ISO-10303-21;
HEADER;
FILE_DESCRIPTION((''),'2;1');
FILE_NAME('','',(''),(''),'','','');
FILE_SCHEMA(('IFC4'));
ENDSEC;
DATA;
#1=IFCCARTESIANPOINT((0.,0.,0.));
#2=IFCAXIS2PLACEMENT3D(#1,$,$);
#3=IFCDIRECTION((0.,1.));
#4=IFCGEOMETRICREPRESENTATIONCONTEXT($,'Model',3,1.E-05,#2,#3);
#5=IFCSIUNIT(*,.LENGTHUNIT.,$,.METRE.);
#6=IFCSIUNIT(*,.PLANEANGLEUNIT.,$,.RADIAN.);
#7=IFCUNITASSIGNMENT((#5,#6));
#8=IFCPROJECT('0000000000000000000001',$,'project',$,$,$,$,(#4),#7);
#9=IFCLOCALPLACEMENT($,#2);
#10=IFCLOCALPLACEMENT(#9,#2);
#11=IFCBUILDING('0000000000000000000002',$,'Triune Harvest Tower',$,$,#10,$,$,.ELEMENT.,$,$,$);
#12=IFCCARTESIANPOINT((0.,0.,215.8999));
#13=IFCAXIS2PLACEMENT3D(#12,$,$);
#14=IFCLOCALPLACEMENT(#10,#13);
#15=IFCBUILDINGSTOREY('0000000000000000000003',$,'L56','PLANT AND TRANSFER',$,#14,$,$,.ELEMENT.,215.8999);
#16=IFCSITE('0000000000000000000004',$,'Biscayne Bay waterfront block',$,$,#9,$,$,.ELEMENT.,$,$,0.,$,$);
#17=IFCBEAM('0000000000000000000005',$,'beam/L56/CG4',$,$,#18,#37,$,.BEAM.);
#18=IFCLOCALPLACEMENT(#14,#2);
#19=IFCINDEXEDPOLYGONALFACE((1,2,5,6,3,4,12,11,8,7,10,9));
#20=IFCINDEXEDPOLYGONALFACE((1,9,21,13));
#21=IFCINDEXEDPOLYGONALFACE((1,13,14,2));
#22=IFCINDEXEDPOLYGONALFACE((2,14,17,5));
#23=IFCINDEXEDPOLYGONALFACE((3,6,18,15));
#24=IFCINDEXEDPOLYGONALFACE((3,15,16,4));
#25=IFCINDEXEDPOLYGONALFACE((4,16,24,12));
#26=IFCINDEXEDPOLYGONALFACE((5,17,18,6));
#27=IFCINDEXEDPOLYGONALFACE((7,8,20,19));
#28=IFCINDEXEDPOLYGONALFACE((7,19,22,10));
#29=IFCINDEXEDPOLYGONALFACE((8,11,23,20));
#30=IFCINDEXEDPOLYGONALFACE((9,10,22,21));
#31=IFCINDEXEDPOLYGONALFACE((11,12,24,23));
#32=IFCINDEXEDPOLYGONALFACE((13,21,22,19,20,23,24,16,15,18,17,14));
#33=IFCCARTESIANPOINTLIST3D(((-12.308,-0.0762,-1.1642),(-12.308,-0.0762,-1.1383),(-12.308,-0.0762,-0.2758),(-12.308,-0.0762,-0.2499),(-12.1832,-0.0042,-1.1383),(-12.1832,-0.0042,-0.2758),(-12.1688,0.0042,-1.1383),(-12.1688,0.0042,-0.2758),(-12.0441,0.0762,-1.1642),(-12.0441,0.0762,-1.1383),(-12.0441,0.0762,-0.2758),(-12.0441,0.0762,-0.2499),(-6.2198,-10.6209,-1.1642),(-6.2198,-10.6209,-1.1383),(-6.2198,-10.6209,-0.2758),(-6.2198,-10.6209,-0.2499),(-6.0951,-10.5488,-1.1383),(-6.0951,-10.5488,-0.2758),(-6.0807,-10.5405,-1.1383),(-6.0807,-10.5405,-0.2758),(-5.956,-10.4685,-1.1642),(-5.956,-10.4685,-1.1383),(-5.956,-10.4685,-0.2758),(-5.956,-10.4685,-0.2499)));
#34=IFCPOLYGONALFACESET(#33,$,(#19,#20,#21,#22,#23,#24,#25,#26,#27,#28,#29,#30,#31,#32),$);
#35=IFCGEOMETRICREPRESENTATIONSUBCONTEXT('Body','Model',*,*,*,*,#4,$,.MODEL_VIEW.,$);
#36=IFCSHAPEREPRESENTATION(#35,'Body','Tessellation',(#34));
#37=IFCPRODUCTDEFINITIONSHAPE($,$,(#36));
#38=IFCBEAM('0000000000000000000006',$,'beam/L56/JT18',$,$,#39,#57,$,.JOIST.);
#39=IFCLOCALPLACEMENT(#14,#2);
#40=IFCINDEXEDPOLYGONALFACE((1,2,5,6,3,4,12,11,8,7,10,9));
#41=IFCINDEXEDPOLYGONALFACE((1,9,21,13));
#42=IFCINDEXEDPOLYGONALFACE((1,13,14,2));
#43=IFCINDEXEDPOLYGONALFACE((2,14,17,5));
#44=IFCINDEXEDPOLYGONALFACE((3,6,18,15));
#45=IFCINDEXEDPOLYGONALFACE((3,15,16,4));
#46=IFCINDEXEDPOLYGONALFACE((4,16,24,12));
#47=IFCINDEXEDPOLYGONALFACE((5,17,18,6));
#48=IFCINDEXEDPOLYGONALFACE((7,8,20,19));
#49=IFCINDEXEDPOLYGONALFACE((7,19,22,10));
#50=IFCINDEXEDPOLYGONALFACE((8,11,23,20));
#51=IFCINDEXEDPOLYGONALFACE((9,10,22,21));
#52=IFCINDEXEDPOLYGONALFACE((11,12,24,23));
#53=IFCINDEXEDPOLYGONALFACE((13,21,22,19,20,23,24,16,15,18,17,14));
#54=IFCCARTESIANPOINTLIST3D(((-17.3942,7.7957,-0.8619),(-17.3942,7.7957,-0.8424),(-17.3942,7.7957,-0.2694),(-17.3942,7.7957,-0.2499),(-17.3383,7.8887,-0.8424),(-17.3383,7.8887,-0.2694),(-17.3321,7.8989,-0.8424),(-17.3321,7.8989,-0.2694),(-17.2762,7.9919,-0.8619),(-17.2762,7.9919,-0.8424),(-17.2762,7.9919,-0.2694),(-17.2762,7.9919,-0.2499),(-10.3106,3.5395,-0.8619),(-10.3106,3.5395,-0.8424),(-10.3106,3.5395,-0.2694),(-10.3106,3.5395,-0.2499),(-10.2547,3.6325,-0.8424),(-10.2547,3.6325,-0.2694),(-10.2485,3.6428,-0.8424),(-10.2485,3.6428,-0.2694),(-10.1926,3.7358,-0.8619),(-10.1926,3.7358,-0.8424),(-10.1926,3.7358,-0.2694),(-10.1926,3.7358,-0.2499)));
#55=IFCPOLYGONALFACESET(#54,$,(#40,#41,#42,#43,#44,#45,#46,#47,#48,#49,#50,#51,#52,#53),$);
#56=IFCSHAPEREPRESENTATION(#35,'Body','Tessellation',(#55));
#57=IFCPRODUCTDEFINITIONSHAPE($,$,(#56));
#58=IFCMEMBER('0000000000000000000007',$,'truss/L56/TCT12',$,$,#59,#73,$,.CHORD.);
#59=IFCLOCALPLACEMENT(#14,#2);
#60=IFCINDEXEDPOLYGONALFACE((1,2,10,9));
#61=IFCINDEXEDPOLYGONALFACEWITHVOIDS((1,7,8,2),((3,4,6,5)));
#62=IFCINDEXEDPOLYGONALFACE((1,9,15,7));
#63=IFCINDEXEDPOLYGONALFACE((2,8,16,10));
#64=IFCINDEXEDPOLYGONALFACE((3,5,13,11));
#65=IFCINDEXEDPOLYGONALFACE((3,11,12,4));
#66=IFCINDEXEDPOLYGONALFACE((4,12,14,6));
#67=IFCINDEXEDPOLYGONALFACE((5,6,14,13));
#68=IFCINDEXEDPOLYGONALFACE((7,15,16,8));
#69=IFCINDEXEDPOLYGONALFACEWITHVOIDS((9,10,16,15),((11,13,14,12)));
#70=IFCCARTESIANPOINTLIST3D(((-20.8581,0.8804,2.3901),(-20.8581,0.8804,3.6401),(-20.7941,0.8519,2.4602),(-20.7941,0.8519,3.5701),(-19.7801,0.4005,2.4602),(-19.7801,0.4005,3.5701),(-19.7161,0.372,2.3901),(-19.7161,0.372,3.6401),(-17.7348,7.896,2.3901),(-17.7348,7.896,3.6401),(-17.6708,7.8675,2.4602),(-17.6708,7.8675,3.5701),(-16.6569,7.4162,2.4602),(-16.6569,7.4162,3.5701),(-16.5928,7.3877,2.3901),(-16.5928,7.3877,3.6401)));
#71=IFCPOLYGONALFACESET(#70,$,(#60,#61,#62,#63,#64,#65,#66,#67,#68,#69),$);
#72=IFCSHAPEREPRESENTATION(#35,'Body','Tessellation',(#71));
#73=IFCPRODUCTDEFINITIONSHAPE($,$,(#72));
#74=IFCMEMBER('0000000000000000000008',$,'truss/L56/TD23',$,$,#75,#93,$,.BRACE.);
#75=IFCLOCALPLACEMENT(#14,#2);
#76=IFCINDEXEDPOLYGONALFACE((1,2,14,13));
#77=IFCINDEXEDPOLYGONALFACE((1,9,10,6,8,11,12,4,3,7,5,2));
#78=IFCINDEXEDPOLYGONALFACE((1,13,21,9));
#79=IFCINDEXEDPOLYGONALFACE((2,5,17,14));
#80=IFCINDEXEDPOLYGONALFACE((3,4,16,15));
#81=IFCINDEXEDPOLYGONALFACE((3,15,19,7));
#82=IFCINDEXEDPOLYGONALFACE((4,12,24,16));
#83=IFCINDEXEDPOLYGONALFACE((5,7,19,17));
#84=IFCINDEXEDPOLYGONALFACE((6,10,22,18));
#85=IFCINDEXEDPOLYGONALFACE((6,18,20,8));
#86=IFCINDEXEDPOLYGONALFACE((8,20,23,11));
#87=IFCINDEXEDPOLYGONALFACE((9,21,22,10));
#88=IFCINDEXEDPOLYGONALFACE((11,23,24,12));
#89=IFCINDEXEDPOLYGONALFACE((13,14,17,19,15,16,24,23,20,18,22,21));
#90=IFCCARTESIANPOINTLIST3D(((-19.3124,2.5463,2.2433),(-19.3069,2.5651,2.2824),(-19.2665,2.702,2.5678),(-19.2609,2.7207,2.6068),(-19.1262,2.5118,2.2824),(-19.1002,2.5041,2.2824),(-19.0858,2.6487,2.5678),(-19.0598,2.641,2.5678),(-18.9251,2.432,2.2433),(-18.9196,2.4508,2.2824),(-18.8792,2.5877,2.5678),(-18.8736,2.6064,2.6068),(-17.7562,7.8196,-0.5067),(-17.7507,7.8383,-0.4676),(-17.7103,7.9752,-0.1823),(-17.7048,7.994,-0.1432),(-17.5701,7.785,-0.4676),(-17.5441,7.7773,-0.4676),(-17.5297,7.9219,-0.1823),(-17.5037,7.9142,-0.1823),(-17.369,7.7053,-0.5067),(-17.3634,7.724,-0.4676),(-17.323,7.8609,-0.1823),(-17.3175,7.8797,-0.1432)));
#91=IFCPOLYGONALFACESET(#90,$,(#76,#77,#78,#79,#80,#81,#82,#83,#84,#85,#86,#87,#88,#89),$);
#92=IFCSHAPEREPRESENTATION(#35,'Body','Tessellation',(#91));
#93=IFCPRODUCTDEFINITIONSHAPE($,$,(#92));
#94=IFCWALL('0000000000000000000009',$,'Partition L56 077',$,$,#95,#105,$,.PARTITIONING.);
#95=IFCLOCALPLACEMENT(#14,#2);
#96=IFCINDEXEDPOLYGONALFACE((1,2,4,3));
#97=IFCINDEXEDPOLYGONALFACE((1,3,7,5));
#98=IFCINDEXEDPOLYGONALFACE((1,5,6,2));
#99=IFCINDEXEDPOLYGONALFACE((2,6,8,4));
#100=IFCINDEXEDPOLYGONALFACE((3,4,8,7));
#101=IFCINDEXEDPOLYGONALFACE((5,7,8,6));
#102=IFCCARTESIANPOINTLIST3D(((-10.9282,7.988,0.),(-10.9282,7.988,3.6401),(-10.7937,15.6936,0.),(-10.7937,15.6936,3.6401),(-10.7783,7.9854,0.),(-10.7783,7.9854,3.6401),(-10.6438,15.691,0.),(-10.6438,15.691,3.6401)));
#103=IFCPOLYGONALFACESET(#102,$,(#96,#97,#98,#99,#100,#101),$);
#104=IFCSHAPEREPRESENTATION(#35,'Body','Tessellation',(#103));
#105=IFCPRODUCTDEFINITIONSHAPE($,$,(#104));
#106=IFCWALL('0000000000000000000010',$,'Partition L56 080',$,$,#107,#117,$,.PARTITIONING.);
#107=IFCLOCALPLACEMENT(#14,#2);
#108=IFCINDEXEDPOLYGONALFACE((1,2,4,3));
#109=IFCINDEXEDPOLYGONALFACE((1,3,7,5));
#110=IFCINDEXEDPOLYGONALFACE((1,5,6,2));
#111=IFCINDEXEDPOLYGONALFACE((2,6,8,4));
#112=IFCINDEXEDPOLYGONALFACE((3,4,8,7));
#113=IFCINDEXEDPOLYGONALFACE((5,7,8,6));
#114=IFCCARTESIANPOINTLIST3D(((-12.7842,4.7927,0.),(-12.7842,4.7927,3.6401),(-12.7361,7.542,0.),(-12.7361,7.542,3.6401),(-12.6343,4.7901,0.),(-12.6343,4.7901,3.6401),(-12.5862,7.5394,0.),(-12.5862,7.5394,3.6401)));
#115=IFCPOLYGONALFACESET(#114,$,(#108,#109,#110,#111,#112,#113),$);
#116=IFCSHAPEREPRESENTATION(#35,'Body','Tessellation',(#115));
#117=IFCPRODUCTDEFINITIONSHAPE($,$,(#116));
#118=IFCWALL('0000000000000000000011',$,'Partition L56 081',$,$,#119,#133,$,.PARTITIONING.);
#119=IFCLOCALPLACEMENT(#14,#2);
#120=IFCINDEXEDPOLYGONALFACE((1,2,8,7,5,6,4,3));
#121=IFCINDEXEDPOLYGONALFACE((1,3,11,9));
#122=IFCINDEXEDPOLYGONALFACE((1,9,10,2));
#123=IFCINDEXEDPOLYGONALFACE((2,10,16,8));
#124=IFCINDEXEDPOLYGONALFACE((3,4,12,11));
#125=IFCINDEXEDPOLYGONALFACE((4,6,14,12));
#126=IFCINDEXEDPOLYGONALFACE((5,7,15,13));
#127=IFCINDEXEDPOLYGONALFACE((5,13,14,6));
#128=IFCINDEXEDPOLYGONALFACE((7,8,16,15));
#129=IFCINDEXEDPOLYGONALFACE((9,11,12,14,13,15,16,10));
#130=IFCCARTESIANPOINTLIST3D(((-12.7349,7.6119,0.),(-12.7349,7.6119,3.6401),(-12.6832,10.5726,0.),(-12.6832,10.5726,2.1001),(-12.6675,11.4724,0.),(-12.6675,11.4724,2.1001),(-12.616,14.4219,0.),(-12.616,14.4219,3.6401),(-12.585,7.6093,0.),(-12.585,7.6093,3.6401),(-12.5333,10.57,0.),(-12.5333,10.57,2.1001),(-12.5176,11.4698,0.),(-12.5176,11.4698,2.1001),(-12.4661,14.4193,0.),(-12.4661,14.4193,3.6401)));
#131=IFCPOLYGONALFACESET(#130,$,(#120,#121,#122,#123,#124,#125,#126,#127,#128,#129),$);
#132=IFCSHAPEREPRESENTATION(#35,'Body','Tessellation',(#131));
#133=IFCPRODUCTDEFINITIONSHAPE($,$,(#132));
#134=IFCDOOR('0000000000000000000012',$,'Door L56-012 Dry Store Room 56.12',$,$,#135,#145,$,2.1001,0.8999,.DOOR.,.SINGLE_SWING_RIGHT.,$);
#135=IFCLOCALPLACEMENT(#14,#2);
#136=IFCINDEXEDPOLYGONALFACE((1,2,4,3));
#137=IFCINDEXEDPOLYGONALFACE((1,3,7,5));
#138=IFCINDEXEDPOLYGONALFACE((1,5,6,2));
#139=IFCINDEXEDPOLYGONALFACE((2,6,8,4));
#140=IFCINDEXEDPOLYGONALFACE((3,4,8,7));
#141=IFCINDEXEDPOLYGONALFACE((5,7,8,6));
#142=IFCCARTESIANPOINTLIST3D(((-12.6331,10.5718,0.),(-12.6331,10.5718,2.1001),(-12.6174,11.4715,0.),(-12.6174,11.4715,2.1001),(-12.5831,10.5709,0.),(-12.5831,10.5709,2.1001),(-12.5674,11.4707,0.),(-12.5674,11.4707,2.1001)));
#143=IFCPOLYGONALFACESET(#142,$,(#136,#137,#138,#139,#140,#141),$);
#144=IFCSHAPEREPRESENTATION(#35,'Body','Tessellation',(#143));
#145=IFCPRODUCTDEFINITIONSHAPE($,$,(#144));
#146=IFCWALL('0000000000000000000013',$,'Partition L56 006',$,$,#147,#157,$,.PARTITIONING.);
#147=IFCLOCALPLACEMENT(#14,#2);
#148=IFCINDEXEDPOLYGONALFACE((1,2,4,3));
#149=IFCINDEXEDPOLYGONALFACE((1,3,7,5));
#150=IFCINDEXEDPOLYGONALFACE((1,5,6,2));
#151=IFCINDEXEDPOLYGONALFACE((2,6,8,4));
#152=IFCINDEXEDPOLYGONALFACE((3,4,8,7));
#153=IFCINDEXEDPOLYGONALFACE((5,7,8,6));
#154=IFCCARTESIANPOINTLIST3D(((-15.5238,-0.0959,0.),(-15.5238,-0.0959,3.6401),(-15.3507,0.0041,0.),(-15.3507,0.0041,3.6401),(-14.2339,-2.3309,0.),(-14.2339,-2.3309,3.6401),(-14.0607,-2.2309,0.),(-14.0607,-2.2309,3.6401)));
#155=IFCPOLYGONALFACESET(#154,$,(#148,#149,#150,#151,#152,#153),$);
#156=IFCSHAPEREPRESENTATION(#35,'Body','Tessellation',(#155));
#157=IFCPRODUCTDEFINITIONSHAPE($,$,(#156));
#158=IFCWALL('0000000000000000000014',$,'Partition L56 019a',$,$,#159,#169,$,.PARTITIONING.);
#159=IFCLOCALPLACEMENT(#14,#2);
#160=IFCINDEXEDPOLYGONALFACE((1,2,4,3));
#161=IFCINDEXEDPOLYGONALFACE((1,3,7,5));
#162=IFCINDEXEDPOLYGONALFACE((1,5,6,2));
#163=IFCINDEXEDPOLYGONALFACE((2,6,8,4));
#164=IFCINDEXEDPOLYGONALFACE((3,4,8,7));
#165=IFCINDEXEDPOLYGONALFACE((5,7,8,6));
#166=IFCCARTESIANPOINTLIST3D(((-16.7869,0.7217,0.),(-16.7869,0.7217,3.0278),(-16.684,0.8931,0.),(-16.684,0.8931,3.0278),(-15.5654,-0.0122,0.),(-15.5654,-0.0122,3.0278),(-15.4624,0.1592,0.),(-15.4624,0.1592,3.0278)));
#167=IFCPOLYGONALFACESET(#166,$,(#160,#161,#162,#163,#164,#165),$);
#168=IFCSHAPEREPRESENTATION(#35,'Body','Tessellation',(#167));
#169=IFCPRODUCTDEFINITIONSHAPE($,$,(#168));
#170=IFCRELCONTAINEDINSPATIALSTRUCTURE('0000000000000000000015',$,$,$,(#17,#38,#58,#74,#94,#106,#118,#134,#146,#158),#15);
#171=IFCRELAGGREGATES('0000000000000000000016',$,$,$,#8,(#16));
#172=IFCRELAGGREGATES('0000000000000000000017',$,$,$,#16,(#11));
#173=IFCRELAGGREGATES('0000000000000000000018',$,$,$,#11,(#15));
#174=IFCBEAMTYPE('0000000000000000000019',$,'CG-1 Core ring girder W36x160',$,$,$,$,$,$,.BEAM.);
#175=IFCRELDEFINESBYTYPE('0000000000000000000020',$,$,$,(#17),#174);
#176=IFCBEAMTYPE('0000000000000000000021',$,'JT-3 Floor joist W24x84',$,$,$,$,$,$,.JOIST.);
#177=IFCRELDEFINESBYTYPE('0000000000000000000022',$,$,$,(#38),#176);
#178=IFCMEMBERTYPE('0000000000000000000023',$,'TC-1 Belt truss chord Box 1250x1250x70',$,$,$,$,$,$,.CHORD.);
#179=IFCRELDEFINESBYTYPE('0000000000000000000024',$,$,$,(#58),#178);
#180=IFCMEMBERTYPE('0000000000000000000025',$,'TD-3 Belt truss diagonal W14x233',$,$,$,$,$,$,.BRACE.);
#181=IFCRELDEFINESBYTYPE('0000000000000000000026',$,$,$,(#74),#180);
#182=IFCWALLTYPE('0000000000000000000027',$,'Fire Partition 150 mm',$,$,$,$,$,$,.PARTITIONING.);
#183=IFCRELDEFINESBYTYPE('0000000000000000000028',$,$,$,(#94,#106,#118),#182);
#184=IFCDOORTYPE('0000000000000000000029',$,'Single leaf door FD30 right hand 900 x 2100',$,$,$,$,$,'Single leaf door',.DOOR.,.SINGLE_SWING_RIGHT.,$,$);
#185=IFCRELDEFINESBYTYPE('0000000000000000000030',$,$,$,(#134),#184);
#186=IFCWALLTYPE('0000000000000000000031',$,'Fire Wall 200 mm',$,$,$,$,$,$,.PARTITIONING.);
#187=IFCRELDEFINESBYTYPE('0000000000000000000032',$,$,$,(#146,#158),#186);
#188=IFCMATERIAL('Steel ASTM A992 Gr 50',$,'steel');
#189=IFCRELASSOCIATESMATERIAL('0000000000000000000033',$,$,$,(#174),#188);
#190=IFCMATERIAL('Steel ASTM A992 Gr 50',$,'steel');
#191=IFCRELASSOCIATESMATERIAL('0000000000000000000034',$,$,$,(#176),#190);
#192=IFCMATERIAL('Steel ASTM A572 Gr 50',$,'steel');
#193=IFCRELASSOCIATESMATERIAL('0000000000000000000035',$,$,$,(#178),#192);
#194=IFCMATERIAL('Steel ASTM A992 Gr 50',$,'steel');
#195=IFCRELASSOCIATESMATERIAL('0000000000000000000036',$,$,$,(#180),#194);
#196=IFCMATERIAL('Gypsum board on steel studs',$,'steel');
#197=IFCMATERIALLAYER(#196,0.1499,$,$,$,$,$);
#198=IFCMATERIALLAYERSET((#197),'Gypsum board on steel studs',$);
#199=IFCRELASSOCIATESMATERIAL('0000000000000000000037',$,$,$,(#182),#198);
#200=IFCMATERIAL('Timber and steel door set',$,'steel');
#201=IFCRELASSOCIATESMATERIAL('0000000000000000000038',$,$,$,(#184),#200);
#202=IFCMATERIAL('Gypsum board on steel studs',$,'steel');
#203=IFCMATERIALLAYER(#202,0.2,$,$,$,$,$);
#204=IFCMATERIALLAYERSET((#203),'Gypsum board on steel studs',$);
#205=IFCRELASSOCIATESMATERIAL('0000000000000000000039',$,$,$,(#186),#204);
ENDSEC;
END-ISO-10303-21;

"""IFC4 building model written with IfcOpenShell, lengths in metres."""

from ifc_helpers import new_model, si_unit, direction, frame, frame_2d, origin, origin_2d, place, context, subcontext, project, spatial, rectangle, hollow_rectangle, i_section, extrude, source, transform, mapped, material, layer, layer_set, material_profile, profile_set, type_object, element, fill, save


model = new_model("IFC4")

# Units and contexts
model_context = context("Model", 3, precision=1e-05, world=origin(), true_north=direction((0.0, 1.0)))
body_context = subcontext(model_context, "Body", "Model", "MODEL_VIEW")
ifc_project = project(units=[si_unit("LENGTHUNIT", "METRE"), si_unit("PLANEANGLEUNIT", "RADIAN")], contexts=[model_context])

# Site, building, storey
site_placement = place(None, origin())
site = spatial("IfcSite", under=ifc_project, at=site_placement, Name="Biscayne Bay waterfront block", CompositionType="ELEMENT", RefElevation=0.0)
building_placement = place(site_placement, origin())
building = spatial("IfcBuilding", under=site, at=building_placement, Name="Triune Harvest Tower", CompositionType="ELEMENT")
storey_placement = place(building_placement, frame((0.0, 0.0, 215.8999)))
storey = spatial("IfcBuildingStorey", under=building, at=storey_placement, Name="L56", Description="PLANT AND TRANSFER", CompositionType="ELEMENT", Elevation=215.8999)

# Beams
ifc_material_1 = material(Name="Steel ASTM A992 Gr 50", Category="steel")
ifc_material_profile_1 = material_profile(ifc_material_1, i_section(OverallWidth=0.3047, OverallDepth=0.9143, WebThickness=0.0166, FlangeThickness=0.0259, at=origin_2d()), Name="W36x160")
ifc_profile_set_1 = profile_set([ifc_material_profile_1], Name="Steel ASTM A992 Gr 50")
beam_type_1 = type_object("IfcBeamType", Name="CG-1 Core ring girder W36x160", PredefinedType="BEAM", material=ifc_profile_set_1)
shared_shape_1 = source(origin(), body_context, "Body", "SweptSolid", [
    extrude(i_section(OverallWidth=0.3047, OverallDepth=0.9143, WebThickness=0.0166, FlangeThickness=0.0259, at=origin_2d()), origin(), (0.0, 0.0, 1.0), 12.176),
])
beam_1_placement = place(storey_placement, frame((-12.176, 0.0, -0.707), z_axis=(0.50001, -0.86602, 0.0), x_axis=(0.86602, 0.50001, 0.0)))
element("IfcBeam", 1, at=beam_1_placement, inside=storey, type_object=beam_type_1, Name="beam/L56/CG4", PredefinedType="BEAM", context=body_context, shape_type="MappedRepresentation", body=[
    mapped(shared_shape_1, transform((0.0, 0.0, 0.0), scale=1.0)),
])
ifc_material_2 = material(Name="Steel ASTM A992 Gr 50", Category="steel")
ifc_material_profile_2 = material_profile(ifc_material_2, i_section(OverallWidth=0.229, OverallDepth=0.6121, WebThickness=0.012, FlangeThickness=0.0195, at=origin_2d()), Name="W24x84")
ifc_profile_set_2 = profile_set([ifc_material_profile_2], Name="Steel ASTM A992 Gr 50")
beam_type_2 = type_object("IfcBeamType", Name="JT-3 Floor joist W24x84", PredefinedType="JOIST", material=ifc_profile_set_2)
shared_shape_2 = source(origin(), body_context, "Body", "SweptSolid", [
    extrude(i_section(OverallWidth=0.229, OverallDepth=0.6121, WebThickness=0.012, FlangeThickness=0.0195, at=origin_2d()), origin(), (0.0, 0.0, 1.0), 8.2639),
])
beam_2_placement = place(storey_placement, frame((-17.3352, 7.8938, -0.5559), z_axis=(0.857172, -0.51503, 0.0), x_axis=(0.51503, 0.857172, 0.0)))
element("IfcBeam", 2, at=beam_2_placement, inside=storey, type_object=beam_type_2, Name="beam/L56/JT18", PredefinedType="JOIST", context=body_context, shape_type="MappedRepresentation", body=[
    mapped(shared_shape_2, transform((0.0, 0.0, 0.0), scale=1.0)),
])

# Members
ifc_material_3 = material(Name="Steel ASTM A572 Gr 50", Category="steel")
ifc_material_profile_3 = material_profile(ifc_material_3, hollow_rectangle(XDim=1.25, YDim=1.25, WallThickness=0.0701, at=origin_2d()), Name="Box 1250x1250x70")
ifc_profile_set_3 = profile_set([ifc_material_profile_3], Name="Steel ASTM A572 Gr 50")
member_type_1 = type_object("IfcMemberType", Name="TC-1 Belt truss chord Box 1250x1250x70", PredefinedType="CHORD", material=ifc_profile_set_3)
shared_shape_3 = source(origin(), body_context, "Body", "SweptSolid", [
    extrude(hollow_rectangle(XDim=1.25, YDim=1.25, WallThickness=0.0701, at=origin_2d()), origin(), (0.0, 0.0, 1.0), 7.6794),
])
member_1_placement = place(storey_placement, frame((-17.1638, 7.6418, 3.0151), z_axis=(-0.406708, -0.913558, 0.0), x_axis=(0.913558, -0.406708, 0.0)))
element("IfcMember", 3, at=member_1_placement, inside=storey, type_object=member_type_1, Name="truss/L56/TCT12", PredefinedType="CHORD", context=body_context, shape_type="MappedRepresentation", body=[
    mapped(shared_shape_3, transform((0.0, 0.0, 0.0), scale=1.0)),
])
ifc_material_4 = material(Name="Steel ASTM A992 Gr 50", Category="steel")
ifc_material_profile_4 = material_profile(ifc_material_4, i_section(OverallWidth=0.4038, OverallDepth=0.4065, WebThickness=0.0271, FlangeThickness=0.0437, at=origin_2d()), Name="W14x233")
ifc_profile_set_4 = profile_set([ifc_material_profile_4], Name="Steel ASTM A992 Gr 50")
member_type_2 = type_object("IfcMemberType", Name="TD-3 Belt truss diagonal W14x233", PredefinedType="BRACE", material=ifc_profile_set_4)
shared_shape_4 = source(origin(), body_context, "Body", "SweptSolid", [
    extrude(i_section(OverallWidth=0.4038, OverallDepth=0.4065, WebThickness=0.0271, FlangeThickness=0.0437, at=origin_2d()), origin(), (0.0, 0.0, 1.0), 6.1475),
])
member_2_placement = place(storey_placement, frame((-17.5369, 7.8496, -0.325), z_axis=(-0.253139, -0.857791, 0.447343), x_axis=(0.959108, -0.283039, 0.0)))
element("IfcMember", 4, at=member_2_placement, inside=storey, type_object=member_type_2, Name="truss/L56/TD23", PredefinedType="BRACE", context=body_context, shape_type="MappedRepresentation", body=[
    mapped(shared_shape_4, transform((0.0, 0.0, 0.0), scale=1.0)),
])

# Walls
ifc_material_5 = material(Name="Gypsum board on steel studs", Category="steel")
ifc_layer_1 = layer(ifc_material_5, 0.1499)
ifc_layer_set_1 = layer_set([ifc_layer_1], Name="Gypsum board on steel studs")
wall_type_1 = type_object("IfcWallType", Name="Fire Partition 150 mm", PredefinedType="PARTITIONING", material=ifc_layer_set_1)
wall_1_placement = place(storey_placement, frame((-10.8533, 7.9866, 0.0), z_axis=(0.0, 0.0, 1.0), x_axis=(0.017455, 0.999848, 0.0)))
element("IfcWall", 5, at=wall_1_placement, inside=storey, type_object=wall_type_1, Name="Partition L56 077", PredefinedType="PARTITIONING", context=body_context, shape_type="SweptSolid", body=[
    extrude(rectangle(XDim=7.7068, YDim=0.1499, at=frame_2d((3.8535, 0.0))), origin(), (0.0, 0.0, 1.0), 3.6401),
])
wall_2_placement = place(storey_placement, frame((-12.7092, 4.7913, 0.0), z_axis=(0.0, 0.0, 1.0), x_axis=(0.017491, 0.999847, 0.0)))
element("IfcWall", 6, at=wall_2_placement, inside=storey, type_object=wall_type_1, Name="Partition L56 080", PredefinedType="PARTITIONING", context=body_context, shape_type="SweptSolid", body=[
    extrude(rectangle(XDim=2.7498, YDim=0.1499, at=frame_2d((1.375, 0.0))), origin(), (0.0, 0.0, 1.0), 3.6401),
])

# Wall, opening, door
wall_3_placement = place(storey_placement, frame((-12.6599, 7.6106, 0.0), z_axis=(0.0, 0.0, 1.0), x_axis=(0.017456, 0.999848, 0.0)))
wall_3 = element("IfcWall", 7, at=wall_3_placement, inside=storey, type_object=wall_type_1, Name="Partition L56 081", PredefinedType="PARTITIONING", context=body_context, shape_type="SweptSolid", body=[
    extrude(rectangle(XDim=6.811, YDim=0.1499, at=frame_2d((3.4055, 0.0))), origin(), (0.0, 0.0, 1.0), 3.6401),
])
opening_1_placement = place(wall_3_placement, frame((2.9612, 0.0, 0.0)))
opening_1 = element("IfcOpeningElement", 8, at=opening_1_placement, cuts=wall_3, PredefinedType="OPENING", context=body_context, shape_type="SweptSolid", body=[
    extrude(rectangle(XDim=0.8999, YDim=2.1001, at=frame_2d((0.45, 1.05))), frame((0.0, 0.085, 0.0), z_axis=(0.0, -1.0, 0.0), x_axis=(1.0, 0.0, 0.0)), (0.0, 0.0, 1.0), 0.1699),
])
ifc_material_6 = material(Name="Timber and steel door set", Category="steel")
door_type_1 = type_object("IfcDoorType", Name="Single leaf door FD30 right hand 900 x 2100", ElementType="Single leaf door", OperationType="SINGLE_SWING_RIGHT", PredefinedType="DOOR", material=ifc_material_6)
door_1_placement = place(opening_1_placement, origin())
door_1 = element("IfcDoor", 9, at=door_1_placement, inside=storey, type_object=door_type_1, Name="Door L56-012 Dry Store Room 56.12", OperationType="SINGLE_SWING_RIGHT", OverallHeight=2.1001, OverallWidth=0.8999, PredefinedType="DOOR", context=body_context, shape_type="SweptSolid", body=[
    extrude(rectangle(XDim=0.8999, YDim=2.1001, at=frame_2d((0.45, 1.05))), frame((0.0, 0.0249, 0.0), z_axis=(0.0, -1.0, 0.0), x_axis=(1.0, 0.0, 0.0)), (0.0, 0.0, 1.0), 0.05),
])
fill(opening_1, door_1)

# Walls
ifc_material_7 = material(Name="Gypsum board on steel studs", Category="steel")
ifc_layer_2 = layer(ifc_material_7, 0.2)
ifc_layer_set_2 = layer_set([ifc_layer_2], Name="Gypsum board on steel studs")
wall_type_2 = type_object("IfcWallType", Name="Fire Wall 200 mm", PredefinedType="PARTITIONING", material=ifc_layer_set_2)
wall_4_placement = place(storey_placement, frame((-15.4373, -0.0459, 0.0), z_axis=(0.0, 0.0, 1.0), x_axis=(0.499884, -0.866093, 0.0)))
element("IfcWall", 10, at=wall_4_placement, inside=storey, type_object=wall_type_2, Name="Partition L56 006", PredefinedType="PARTITIONING", context=body_context, shape_type="SweptSolid", body=[
    extrude(rectangle(XDim=2.5806, YDim=0.2, at=frame_2d((1.2903, 0.0))), origin(), (0.0, 0.0, 1.0), 3.6401),
])
wall_5_placement = place(storey_placement, frame((-16.7354, 0.8074, 0.0), z_axis=(0.0, 0.0, 1.0), x_axis=(0.857175, -0.515025, 0.0)))
element("IfcWall", 11, at=wall_5_placement, inside=storey, type_object=wall_type_2, Name="Partition L56 019a", PredefinedType="PARTITIONING", context=body_context, shape_type="SweptSolid", body=[
    extrude(rectangle(XDim=1.425, YDim=0.2, at=frame_2d((0.7124, 0.0))), origin(), (0.0, 0.0, 1.0), 3.0278),
])

save(model, "model.ifc")
